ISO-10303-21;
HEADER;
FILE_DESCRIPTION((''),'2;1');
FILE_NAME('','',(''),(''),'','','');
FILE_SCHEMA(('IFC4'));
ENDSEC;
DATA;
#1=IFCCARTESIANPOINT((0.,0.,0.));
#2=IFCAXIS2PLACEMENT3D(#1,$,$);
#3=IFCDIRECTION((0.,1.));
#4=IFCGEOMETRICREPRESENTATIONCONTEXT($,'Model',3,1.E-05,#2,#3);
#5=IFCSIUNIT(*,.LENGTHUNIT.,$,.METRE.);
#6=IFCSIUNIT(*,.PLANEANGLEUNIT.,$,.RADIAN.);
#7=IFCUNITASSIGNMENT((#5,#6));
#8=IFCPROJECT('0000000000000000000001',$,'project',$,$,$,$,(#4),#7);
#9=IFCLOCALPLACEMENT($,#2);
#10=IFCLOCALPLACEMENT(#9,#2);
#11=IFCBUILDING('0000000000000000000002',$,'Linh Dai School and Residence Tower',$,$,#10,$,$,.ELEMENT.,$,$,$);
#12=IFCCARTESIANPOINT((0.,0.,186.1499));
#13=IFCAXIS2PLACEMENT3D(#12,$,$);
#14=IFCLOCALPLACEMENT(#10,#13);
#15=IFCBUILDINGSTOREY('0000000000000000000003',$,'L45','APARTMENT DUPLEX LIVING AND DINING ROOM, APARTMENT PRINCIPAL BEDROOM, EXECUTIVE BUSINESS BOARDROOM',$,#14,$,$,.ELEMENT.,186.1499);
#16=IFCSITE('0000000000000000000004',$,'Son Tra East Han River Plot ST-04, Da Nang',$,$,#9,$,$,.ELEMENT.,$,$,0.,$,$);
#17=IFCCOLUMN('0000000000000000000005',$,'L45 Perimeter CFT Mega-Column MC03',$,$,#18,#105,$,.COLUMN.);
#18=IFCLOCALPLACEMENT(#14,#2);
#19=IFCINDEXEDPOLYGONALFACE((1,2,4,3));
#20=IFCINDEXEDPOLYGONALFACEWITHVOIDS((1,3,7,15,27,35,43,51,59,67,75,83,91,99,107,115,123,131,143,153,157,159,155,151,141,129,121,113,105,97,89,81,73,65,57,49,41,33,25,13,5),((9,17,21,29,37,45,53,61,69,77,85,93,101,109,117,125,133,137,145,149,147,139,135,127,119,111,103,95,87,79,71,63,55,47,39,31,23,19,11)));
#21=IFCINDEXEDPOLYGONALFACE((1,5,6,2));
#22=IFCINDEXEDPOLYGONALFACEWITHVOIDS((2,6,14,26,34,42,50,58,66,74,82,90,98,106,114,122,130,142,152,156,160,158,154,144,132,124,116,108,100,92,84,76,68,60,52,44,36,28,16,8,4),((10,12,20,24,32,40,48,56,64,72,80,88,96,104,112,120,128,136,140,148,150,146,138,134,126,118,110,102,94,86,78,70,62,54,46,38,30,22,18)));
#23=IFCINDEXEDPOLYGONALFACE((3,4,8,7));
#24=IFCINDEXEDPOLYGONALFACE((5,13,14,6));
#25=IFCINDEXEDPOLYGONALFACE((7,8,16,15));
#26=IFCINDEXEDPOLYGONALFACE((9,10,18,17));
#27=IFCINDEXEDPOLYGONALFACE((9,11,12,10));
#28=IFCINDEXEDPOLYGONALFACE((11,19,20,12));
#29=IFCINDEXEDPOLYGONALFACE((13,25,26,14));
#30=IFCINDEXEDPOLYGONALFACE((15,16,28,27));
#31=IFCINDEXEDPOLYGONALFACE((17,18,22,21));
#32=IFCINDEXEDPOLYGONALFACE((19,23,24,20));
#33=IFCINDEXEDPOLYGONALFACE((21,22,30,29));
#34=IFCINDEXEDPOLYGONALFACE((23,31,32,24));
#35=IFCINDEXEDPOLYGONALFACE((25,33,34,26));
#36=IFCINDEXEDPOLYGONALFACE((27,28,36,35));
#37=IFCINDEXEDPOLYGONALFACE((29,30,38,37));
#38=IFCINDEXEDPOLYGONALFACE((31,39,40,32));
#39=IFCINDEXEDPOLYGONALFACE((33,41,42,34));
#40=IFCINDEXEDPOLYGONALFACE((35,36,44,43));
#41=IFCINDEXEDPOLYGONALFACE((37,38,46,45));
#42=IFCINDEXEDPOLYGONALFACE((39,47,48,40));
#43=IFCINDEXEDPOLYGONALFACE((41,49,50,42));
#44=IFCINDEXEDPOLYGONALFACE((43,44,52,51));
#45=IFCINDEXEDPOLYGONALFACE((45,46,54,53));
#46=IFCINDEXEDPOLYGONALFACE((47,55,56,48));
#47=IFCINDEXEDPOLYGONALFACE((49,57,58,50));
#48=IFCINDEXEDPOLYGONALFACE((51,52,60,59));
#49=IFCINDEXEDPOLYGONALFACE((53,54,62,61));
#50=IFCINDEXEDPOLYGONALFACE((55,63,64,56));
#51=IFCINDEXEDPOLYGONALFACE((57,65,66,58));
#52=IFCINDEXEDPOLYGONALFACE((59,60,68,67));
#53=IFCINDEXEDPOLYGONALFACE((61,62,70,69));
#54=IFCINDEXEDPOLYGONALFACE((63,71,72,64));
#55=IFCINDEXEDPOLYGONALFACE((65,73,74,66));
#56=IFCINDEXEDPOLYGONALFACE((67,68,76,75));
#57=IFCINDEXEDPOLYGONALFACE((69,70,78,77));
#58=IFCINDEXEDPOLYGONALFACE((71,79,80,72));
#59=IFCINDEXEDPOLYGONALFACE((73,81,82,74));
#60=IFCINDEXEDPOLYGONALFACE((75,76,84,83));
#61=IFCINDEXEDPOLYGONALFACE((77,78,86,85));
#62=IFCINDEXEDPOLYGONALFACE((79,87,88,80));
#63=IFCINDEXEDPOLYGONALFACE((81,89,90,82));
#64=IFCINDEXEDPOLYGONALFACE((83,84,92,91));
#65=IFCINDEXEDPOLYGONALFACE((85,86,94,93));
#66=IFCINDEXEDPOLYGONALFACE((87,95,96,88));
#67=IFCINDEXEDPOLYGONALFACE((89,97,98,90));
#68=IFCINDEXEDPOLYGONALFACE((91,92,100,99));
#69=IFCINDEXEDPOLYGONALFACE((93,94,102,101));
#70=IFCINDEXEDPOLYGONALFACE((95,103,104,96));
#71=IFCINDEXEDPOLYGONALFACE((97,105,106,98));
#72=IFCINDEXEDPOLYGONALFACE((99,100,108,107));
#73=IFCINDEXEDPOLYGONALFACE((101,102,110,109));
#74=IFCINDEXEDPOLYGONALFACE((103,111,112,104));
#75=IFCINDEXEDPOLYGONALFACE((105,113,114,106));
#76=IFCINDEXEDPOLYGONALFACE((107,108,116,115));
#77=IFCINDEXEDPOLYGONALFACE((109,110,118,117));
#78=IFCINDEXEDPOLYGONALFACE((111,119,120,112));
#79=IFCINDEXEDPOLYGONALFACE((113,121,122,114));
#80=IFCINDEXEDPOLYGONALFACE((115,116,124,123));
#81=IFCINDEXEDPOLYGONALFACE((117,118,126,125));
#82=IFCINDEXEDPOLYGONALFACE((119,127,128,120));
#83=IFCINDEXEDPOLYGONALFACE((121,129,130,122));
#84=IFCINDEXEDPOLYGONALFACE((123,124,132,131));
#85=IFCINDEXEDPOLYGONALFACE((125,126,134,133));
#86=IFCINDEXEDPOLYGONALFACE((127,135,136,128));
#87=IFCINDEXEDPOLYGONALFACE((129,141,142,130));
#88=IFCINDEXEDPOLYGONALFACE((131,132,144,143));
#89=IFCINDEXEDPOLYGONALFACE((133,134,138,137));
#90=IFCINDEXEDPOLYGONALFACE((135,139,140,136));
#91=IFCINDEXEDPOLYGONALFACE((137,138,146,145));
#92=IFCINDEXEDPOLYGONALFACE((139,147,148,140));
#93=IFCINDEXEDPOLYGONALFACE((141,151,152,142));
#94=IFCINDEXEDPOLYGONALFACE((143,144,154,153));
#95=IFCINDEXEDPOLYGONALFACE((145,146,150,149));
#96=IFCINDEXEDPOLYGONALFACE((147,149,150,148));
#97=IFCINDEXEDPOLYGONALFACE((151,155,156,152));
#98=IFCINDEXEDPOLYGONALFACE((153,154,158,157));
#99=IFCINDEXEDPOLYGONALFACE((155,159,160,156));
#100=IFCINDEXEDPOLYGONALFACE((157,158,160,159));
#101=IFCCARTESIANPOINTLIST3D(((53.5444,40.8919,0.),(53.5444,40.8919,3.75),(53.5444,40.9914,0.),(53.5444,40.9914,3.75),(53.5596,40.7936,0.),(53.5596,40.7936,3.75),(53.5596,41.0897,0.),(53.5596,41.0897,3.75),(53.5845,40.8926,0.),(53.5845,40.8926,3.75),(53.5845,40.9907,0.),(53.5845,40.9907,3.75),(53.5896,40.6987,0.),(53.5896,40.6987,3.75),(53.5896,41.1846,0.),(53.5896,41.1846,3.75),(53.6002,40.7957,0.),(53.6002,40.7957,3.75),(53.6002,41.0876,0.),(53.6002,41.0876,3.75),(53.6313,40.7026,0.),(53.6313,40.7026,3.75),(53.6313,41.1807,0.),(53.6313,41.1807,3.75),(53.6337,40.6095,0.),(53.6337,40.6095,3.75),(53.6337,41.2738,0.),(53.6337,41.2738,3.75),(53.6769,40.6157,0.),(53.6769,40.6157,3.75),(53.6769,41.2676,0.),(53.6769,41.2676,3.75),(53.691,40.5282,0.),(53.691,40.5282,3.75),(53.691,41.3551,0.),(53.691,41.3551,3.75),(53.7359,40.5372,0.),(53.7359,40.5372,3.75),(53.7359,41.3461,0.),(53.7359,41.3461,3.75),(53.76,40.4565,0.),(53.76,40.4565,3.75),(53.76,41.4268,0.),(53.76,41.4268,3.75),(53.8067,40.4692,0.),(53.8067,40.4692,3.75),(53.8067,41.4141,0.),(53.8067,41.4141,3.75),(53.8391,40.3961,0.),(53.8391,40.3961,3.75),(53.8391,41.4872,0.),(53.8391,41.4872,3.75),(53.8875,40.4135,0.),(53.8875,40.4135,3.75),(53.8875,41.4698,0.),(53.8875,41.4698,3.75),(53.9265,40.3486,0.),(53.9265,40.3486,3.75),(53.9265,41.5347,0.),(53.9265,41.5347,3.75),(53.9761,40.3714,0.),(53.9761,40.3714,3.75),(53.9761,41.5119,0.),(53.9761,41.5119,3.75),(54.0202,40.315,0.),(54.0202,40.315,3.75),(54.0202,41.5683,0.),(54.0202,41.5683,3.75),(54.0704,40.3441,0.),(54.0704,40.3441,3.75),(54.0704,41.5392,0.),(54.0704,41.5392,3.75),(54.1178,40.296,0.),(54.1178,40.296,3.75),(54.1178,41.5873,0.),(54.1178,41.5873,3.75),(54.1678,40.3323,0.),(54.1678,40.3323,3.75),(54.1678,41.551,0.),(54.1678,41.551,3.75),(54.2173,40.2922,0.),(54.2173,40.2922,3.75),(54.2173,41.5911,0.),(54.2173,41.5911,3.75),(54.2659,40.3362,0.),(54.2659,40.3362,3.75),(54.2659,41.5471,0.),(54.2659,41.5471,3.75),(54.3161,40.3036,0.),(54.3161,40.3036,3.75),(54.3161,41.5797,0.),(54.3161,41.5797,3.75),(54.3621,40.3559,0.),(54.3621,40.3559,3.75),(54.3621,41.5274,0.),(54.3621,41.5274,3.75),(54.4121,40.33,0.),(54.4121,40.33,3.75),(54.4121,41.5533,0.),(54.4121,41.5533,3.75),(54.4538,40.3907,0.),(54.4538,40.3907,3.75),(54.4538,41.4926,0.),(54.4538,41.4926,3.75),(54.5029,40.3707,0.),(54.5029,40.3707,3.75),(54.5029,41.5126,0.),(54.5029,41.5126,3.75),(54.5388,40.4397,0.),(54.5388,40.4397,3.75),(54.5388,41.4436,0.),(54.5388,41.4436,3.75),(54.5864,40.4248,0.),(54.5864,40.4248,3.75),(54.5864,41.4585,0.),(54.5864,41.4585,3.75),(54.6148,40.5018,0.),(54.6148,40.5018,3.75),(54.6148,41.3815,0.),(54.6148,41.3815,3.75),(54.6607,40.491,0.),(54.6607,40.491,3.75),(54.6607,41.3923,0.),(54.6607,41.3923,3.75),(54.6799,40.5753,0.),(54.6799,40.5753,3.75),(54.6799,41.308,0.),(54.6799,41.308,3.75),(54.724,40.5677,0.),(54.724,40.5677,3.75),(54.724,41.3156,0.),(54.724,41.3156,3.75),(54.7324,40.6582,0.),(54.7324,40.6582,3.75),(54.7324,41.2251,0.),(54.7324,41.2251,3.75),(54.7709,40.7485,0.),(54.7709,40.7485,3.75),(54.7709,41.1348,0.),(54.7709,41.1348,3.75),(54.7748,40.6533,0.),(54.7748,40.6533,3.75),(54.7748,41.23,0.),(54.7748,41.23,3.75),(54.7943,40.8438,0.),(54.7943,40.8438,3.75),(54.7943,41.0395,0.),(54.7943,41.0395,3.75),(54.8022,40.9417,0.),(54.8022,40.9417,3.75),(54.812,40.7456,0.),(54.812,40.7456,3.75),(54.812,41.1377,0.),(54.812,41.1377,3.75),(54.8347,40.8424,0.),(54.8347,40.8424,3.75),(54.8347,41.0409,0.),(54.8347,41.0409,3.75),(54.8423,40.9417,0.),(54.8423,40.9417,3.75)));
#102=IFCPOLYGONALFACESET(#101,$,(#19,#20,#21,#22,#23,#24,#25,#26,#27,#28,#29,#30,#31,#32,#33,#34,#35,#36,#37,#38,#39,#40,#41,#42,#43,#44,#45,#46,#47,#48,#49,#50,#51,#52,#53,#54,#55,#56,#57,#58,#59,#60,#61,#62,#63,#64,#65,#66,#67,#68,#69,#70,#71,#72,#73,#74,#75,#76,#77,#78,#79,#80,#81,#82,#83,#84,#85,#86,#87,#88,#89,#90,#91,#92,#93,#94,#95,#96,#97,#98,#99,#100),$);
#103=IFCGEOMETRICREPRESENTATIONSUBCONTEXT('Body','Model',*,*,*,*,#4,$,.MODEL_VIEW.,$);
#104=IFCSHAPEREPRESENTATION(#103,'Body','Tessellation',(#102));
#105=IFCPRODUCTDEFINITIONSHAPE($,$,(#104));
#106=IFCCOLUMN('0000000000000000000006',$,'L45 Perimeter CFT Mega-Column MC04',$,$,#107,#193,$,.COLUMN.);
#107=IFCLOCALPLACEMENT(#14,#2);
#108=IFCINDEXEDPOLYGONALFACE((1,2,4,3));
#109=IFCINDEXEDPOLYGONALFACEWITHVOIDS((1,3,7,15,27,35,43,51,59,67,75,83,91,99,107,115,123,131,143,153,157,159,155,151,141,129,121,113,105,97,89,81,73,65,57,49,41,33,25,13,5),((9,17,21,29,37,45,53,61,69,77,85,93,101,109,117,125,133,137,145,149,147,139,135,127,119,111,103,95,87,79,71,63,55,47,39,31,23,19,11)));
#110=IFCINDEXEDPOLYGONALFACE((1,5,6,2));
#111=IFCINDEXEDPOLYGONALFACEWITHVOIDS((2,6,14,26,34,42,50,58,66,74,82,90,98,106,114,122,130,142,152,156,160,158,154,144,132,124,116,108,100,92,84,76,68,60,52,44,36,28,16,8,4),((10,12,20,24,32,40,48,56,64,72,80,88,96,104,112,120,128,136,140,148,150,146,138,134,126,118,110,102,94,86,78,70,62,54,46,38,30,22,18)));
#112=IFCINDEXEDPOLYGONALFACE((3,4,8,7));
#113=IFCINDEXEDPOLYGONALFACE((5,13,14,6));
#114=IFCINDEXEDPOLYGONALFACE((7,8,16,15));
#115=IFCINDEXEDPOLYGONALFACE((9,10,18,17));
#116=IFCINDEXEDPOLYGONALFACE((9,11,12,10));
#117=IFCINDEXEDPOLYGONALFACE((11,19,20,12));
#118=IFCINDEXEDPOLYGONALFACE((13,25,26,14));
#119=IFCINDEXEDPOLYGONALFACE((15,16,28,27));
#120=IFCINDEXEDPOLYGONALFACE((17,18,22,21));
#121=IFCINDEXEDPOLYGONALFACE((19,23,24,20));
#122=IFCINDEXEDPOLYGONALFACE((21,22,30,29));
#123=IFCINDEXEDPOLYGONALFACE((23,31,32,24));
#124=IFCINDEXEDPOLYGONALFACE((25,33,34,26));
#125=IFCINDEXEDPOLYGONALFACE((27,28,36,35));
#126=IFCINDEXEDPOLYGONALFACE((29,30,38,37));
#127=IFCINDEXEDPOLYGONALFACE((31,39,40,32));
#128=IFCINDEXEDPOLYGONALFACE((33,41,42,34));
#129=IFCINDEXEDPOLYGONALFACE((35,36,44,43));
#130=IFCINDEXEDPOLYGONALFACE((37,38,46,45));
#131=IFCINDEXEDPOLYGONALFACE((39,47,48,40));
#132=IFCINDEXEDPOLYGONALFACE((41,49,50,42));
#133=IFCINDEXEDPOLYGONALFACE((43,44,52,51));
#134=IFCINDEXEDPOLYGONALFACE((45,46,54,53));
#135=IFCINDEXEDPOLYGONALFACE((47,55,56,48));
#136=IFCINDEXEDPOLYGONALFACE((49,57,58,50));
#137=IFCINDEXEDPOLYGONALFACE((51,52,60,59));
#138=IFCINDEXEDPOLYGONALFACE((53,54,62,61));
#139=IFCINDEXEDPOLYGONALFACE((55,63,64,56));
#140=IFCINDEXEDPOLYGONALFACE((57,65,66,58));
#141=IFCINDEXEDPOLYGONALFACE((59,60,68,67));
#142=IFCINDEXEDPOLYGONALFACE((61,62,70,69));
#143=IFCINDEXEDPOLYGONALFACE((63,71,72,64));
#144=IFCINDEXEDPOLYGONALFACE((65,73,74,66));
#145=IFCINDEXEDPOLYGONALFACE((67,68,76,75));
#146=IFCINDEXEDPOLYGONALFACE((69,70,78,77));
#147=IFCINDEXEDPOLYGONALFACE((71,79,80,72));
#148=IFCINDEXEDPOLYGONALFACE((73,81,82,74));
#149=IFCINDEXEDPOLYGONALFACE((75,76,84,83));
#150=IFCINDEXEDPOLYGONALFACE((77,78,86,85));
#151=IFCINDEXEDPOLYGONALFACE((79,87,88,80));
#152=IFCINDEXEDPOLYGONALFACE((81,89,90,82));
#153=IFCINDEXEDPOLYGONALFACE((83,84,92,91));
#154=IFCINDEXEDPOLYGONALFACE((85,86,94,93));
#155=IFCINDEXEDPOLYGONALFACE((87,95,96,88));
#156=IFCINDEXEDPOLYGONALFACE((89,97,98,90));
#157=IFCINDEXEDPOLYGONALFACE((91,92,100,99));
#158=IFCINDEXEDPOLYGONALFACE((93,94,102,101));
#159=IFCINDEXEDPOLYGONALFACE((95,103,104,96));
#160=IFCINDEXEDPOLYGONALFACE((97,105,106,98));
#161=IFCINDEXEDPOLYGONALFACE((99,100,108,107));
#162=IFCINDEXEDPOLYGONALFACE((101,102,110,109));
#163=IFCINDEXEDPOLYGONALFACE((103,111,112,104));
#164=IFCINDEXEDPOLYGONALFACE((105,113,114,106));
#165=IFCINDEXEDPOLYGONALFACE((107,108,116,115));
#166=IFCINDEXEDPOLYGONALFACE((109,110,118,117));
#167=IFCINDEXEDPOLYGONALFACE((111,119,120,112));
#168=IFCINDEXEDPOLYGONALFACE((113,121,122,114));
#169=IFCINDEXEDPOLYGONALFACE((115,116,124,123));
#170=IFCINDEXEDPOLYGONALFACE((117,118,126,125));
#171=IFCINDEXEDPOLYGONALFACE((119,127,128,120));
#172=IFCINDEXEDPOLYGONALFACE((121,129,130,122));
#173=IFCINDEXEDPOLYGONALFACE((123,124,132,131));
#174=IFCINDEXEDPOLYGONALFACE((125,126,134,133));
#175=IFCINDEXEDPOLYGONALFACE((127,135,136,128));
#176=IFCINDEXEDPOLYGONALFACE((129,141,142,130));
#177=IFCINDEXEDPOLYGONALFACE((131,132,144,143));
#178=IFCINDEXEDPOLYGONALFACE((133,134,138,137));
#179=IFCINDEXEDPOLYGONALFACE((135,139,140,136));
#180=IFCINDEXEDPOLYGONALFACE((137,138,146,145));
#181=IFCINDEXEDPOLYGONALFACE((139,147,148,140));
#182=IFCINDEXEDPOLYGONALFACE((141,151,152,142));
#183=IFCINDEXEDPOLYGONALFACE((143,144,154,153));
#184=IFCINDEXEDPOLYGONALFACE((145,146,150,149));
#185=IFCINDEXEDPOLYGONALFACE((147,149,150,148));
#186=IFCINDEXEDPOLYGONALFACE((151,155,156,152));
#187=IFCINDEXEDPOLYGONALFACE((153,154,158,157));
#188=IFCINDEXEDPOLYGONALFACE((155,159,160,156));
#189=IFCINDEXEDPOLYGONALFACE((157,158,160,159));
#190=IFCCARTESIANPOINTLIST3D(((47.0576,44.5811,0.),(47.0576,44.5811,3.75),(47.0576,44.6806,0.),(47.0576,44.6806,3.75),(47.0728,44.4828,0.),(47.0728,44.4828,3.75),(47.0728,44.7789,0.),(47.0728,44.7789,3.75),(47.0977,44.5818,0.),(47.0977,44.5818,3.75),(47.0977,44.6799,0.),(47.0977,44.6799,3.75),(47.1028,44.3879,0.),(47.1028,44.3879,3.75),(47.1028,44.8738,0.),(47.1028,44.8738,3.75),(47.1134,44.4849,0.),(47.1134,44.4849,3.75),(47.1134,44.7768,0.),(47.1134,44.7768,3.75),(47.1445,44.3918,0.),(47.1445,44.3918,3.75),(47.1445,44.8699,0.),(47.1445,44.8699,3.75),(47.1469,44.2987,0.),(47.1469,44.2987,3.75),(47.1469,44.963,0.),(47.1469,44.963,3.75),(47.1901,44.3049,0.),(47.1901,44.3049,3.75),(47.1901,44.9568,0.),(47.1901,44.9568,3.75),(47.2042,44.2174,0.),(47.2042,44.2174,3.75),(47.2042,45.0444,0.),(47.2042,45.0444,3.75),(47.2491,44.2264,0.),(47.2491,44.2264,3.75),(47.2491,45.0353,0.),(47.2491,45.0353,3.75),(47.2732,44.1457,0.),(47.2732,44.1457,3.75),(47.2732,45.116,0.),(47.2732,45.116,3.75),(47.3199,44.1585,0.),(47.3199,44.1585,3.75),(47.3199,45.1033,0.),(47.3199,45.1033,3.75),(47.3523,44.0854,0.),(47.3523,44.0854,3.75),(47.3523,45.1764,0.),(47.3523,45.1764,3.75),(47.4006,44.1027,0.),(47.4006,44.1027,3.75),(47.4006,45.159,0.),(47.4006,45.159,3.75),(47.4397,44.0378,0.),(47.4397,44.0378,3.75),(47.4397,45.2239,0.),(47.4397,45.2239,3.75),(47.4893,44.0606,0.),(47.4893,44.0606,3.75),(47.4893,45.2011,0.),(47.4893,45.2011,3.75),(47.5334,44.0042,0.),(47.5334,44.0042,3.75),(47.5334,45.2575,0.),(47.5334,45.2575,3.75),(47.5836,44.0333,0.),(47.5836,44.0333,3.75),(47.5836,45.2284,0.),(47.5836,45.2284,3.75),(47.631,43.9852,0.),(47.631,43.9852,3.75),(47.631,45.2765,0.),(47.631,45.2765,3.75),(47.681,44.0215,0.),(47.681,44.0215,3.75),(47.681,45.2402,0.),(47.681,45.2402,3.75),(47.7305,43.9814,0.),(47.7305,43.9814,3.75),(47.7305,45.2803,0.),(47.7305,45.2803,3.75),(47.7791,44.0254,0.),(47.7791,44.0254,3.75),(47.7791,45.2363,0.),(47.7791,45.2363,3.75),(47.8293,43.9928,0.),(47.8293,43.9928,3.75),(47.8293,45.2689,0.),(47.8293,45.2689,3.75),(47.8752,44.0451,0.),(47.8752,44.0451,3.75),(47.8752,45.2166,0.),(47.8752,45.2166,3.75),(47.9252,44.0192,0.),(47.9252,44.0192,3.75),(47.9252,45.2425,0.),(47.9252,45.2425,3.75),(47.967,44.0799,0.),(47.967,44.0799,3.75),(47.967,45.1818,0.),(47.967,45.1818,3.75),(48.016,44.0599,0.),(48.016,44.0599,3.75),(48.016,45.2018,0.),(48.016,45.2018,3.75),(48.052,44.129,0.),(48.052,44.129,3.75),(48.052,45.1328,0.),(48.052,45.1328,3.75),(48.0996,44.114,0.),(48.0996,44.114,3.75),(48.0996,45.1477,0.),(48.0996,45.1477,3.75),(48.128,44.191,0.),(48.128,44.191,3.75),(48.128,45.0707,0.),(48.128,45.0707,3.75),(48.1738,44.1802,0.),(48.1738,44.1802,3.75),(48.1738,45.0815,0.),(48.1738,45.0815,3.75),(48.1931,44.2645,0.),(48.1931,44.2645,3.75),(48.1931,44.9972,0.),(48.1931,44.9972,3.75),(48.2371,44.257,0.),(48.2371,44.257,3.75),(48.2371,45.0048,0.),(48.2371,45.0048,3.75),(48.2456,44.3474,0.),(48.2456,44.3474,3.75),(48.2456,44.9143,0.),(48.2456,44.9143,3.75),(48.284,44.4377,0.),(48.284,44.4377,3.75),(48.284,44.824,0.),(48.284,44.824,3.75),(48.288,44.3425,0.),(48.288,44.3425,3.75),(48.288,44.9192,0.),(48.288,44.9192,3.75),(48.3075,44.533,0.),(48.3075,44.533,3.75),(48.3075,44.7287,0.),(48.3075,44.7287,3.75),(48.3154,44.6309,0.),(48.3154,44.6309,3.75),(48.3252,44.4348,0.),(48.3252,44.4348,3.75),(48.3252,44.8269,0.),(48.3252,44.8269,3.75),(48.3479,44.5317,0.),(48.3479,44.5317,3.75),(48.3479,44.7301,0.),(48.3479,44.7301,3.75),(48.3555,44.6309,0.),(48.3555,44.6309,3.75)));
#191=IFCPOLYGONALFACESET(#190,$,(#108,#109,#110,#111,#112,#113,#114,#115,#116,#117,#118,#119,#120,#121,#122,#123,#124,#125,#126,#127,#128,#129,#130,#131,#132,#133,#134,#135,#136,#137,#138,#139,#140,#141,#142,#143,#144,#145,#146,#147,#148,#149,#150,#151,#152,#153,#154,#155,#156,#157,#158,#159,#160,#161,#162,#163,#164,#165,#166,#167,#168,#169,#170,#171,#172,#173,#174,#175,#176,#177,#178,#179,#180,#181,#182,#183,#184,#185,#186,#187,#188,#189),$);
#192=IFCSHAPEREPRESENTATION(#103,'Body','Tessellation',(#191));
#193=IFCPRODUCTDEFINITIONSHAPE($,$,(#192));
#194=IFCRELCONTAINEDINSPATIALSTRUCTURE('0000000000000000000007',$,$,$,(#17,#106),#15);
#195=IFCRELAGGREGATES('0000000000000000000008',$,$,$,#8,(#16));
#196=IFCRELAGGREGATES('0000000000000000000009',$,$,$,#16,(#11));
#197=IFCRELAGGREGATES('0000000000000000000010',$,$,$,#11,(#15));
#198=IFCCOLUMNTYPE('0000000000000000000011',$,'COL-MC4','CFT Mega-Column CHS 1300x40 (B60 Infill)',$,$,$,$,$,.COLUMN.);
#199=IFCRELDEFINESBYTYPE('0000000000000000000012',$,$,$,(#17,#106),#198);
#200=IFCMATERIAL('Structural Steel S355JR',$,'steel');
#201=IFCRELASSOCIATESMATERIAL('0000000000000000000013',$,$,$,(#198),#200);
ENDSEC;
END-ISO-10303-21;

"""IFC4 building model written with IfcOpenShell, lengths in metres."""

from ifc_helpers import new_model, si_unit, direction, frame, origin, origin_2d, place, context, subcontext, project, spatial, hollow_circle, extrude, material, material_profile, profile_set, type_object, element, save


model = new_model("IFC4")

# Units and contexts
model_context = context("Model", 3, precision=1e-05, world=origin(), true_north=direction((0.0, 1.0)))
body_context = subcontext(model_context, "Body", "Model", "MODEL_VIEW")
ifc_project = project(units=[si_unit("LENGTHUNIT", "METRE"), si_unit("PLANEANGLEUNIT", "RADIAN")], contexts=[model_context])

# Site, building, storey
site_placement = place(None, origin())
site = spatial("IfcSite", under=ifc_project, at=site_placement, Name="Son Tra East Han River Plot ST-04, Da Nang", CompositionType="ELEMENT", RefElevation=0.0)
building_placement = place(site_placement, origin())
building = spatial("IfcBuilding", under=site, at=building_placement, Name="Linh Dai School and Residence Tower", CompositionType="ELEMENT")
storey_placement = place(building_placement, frame((0.0, 0.0, 186.1499)))
storey = spatial("IfcBuildingStorey", under=building, at=storey_placement, Name="L45", Description="APARTMENT DUPLEX LIVING AND DINING ROOM, APARTMENT PRINCIPAL BEDROOM, EXECUTIVE BUSINESS BOARDROOM", CompositionType="ELEMENT", Elevation=186.1499)

# Columns
ifc_material_1 = material(Name="Structural Steel S355JR", Category="steel")
ifc_material_profile_1 = material_profile(ifc_material_1, hollow_circle(Radius=0.6499, WallThickness=0.04, at=origin_2d()), Name="CHS 1300x40")
ifc_profile_set_1 = profile_set([ifc_material_profile_1], Name="Structural Steel S355JR")
column_type = type_object("IfcColumnType", Name="COL-MC4", Description="CFT Mega-Column CHS 1300x40 (B60 Infill)", PredefinedType="COLUMN", material=ifc_profile_set_1)
for number, where, z_axis, x_axis, name in (
    (1, (54.1924, 40.9417, 0.0), (0.0, 0.0, 1.0), (1.0, 0.0, 0.0), "L45 Perimeter CFT Mega-Column MC03"),
    (2, (47.7056, 44.6309, 0.0), (0.0, 0.0, 1.0), (1.0, 0.0, 0.0), "L45 Perimeter CFT Mega-Column MC04"),
):
    element("IfcColumn", number, at=place(storey_placement, frame(where, z_axis=z_axis, x_axis=x_axis)), inside=storey, type_object=column_type, Name=name, PredefinedType="COLUMN", context=body_context, shape_type="SweptSolid", body=[
        extrude(hollow_circle(Radius=0.6499, WallThickness=0.04, at=origin_2d()), origin(), (0.0, 0.0, 1.0), 3.75),
    ])

save(model, "model.ifc")
